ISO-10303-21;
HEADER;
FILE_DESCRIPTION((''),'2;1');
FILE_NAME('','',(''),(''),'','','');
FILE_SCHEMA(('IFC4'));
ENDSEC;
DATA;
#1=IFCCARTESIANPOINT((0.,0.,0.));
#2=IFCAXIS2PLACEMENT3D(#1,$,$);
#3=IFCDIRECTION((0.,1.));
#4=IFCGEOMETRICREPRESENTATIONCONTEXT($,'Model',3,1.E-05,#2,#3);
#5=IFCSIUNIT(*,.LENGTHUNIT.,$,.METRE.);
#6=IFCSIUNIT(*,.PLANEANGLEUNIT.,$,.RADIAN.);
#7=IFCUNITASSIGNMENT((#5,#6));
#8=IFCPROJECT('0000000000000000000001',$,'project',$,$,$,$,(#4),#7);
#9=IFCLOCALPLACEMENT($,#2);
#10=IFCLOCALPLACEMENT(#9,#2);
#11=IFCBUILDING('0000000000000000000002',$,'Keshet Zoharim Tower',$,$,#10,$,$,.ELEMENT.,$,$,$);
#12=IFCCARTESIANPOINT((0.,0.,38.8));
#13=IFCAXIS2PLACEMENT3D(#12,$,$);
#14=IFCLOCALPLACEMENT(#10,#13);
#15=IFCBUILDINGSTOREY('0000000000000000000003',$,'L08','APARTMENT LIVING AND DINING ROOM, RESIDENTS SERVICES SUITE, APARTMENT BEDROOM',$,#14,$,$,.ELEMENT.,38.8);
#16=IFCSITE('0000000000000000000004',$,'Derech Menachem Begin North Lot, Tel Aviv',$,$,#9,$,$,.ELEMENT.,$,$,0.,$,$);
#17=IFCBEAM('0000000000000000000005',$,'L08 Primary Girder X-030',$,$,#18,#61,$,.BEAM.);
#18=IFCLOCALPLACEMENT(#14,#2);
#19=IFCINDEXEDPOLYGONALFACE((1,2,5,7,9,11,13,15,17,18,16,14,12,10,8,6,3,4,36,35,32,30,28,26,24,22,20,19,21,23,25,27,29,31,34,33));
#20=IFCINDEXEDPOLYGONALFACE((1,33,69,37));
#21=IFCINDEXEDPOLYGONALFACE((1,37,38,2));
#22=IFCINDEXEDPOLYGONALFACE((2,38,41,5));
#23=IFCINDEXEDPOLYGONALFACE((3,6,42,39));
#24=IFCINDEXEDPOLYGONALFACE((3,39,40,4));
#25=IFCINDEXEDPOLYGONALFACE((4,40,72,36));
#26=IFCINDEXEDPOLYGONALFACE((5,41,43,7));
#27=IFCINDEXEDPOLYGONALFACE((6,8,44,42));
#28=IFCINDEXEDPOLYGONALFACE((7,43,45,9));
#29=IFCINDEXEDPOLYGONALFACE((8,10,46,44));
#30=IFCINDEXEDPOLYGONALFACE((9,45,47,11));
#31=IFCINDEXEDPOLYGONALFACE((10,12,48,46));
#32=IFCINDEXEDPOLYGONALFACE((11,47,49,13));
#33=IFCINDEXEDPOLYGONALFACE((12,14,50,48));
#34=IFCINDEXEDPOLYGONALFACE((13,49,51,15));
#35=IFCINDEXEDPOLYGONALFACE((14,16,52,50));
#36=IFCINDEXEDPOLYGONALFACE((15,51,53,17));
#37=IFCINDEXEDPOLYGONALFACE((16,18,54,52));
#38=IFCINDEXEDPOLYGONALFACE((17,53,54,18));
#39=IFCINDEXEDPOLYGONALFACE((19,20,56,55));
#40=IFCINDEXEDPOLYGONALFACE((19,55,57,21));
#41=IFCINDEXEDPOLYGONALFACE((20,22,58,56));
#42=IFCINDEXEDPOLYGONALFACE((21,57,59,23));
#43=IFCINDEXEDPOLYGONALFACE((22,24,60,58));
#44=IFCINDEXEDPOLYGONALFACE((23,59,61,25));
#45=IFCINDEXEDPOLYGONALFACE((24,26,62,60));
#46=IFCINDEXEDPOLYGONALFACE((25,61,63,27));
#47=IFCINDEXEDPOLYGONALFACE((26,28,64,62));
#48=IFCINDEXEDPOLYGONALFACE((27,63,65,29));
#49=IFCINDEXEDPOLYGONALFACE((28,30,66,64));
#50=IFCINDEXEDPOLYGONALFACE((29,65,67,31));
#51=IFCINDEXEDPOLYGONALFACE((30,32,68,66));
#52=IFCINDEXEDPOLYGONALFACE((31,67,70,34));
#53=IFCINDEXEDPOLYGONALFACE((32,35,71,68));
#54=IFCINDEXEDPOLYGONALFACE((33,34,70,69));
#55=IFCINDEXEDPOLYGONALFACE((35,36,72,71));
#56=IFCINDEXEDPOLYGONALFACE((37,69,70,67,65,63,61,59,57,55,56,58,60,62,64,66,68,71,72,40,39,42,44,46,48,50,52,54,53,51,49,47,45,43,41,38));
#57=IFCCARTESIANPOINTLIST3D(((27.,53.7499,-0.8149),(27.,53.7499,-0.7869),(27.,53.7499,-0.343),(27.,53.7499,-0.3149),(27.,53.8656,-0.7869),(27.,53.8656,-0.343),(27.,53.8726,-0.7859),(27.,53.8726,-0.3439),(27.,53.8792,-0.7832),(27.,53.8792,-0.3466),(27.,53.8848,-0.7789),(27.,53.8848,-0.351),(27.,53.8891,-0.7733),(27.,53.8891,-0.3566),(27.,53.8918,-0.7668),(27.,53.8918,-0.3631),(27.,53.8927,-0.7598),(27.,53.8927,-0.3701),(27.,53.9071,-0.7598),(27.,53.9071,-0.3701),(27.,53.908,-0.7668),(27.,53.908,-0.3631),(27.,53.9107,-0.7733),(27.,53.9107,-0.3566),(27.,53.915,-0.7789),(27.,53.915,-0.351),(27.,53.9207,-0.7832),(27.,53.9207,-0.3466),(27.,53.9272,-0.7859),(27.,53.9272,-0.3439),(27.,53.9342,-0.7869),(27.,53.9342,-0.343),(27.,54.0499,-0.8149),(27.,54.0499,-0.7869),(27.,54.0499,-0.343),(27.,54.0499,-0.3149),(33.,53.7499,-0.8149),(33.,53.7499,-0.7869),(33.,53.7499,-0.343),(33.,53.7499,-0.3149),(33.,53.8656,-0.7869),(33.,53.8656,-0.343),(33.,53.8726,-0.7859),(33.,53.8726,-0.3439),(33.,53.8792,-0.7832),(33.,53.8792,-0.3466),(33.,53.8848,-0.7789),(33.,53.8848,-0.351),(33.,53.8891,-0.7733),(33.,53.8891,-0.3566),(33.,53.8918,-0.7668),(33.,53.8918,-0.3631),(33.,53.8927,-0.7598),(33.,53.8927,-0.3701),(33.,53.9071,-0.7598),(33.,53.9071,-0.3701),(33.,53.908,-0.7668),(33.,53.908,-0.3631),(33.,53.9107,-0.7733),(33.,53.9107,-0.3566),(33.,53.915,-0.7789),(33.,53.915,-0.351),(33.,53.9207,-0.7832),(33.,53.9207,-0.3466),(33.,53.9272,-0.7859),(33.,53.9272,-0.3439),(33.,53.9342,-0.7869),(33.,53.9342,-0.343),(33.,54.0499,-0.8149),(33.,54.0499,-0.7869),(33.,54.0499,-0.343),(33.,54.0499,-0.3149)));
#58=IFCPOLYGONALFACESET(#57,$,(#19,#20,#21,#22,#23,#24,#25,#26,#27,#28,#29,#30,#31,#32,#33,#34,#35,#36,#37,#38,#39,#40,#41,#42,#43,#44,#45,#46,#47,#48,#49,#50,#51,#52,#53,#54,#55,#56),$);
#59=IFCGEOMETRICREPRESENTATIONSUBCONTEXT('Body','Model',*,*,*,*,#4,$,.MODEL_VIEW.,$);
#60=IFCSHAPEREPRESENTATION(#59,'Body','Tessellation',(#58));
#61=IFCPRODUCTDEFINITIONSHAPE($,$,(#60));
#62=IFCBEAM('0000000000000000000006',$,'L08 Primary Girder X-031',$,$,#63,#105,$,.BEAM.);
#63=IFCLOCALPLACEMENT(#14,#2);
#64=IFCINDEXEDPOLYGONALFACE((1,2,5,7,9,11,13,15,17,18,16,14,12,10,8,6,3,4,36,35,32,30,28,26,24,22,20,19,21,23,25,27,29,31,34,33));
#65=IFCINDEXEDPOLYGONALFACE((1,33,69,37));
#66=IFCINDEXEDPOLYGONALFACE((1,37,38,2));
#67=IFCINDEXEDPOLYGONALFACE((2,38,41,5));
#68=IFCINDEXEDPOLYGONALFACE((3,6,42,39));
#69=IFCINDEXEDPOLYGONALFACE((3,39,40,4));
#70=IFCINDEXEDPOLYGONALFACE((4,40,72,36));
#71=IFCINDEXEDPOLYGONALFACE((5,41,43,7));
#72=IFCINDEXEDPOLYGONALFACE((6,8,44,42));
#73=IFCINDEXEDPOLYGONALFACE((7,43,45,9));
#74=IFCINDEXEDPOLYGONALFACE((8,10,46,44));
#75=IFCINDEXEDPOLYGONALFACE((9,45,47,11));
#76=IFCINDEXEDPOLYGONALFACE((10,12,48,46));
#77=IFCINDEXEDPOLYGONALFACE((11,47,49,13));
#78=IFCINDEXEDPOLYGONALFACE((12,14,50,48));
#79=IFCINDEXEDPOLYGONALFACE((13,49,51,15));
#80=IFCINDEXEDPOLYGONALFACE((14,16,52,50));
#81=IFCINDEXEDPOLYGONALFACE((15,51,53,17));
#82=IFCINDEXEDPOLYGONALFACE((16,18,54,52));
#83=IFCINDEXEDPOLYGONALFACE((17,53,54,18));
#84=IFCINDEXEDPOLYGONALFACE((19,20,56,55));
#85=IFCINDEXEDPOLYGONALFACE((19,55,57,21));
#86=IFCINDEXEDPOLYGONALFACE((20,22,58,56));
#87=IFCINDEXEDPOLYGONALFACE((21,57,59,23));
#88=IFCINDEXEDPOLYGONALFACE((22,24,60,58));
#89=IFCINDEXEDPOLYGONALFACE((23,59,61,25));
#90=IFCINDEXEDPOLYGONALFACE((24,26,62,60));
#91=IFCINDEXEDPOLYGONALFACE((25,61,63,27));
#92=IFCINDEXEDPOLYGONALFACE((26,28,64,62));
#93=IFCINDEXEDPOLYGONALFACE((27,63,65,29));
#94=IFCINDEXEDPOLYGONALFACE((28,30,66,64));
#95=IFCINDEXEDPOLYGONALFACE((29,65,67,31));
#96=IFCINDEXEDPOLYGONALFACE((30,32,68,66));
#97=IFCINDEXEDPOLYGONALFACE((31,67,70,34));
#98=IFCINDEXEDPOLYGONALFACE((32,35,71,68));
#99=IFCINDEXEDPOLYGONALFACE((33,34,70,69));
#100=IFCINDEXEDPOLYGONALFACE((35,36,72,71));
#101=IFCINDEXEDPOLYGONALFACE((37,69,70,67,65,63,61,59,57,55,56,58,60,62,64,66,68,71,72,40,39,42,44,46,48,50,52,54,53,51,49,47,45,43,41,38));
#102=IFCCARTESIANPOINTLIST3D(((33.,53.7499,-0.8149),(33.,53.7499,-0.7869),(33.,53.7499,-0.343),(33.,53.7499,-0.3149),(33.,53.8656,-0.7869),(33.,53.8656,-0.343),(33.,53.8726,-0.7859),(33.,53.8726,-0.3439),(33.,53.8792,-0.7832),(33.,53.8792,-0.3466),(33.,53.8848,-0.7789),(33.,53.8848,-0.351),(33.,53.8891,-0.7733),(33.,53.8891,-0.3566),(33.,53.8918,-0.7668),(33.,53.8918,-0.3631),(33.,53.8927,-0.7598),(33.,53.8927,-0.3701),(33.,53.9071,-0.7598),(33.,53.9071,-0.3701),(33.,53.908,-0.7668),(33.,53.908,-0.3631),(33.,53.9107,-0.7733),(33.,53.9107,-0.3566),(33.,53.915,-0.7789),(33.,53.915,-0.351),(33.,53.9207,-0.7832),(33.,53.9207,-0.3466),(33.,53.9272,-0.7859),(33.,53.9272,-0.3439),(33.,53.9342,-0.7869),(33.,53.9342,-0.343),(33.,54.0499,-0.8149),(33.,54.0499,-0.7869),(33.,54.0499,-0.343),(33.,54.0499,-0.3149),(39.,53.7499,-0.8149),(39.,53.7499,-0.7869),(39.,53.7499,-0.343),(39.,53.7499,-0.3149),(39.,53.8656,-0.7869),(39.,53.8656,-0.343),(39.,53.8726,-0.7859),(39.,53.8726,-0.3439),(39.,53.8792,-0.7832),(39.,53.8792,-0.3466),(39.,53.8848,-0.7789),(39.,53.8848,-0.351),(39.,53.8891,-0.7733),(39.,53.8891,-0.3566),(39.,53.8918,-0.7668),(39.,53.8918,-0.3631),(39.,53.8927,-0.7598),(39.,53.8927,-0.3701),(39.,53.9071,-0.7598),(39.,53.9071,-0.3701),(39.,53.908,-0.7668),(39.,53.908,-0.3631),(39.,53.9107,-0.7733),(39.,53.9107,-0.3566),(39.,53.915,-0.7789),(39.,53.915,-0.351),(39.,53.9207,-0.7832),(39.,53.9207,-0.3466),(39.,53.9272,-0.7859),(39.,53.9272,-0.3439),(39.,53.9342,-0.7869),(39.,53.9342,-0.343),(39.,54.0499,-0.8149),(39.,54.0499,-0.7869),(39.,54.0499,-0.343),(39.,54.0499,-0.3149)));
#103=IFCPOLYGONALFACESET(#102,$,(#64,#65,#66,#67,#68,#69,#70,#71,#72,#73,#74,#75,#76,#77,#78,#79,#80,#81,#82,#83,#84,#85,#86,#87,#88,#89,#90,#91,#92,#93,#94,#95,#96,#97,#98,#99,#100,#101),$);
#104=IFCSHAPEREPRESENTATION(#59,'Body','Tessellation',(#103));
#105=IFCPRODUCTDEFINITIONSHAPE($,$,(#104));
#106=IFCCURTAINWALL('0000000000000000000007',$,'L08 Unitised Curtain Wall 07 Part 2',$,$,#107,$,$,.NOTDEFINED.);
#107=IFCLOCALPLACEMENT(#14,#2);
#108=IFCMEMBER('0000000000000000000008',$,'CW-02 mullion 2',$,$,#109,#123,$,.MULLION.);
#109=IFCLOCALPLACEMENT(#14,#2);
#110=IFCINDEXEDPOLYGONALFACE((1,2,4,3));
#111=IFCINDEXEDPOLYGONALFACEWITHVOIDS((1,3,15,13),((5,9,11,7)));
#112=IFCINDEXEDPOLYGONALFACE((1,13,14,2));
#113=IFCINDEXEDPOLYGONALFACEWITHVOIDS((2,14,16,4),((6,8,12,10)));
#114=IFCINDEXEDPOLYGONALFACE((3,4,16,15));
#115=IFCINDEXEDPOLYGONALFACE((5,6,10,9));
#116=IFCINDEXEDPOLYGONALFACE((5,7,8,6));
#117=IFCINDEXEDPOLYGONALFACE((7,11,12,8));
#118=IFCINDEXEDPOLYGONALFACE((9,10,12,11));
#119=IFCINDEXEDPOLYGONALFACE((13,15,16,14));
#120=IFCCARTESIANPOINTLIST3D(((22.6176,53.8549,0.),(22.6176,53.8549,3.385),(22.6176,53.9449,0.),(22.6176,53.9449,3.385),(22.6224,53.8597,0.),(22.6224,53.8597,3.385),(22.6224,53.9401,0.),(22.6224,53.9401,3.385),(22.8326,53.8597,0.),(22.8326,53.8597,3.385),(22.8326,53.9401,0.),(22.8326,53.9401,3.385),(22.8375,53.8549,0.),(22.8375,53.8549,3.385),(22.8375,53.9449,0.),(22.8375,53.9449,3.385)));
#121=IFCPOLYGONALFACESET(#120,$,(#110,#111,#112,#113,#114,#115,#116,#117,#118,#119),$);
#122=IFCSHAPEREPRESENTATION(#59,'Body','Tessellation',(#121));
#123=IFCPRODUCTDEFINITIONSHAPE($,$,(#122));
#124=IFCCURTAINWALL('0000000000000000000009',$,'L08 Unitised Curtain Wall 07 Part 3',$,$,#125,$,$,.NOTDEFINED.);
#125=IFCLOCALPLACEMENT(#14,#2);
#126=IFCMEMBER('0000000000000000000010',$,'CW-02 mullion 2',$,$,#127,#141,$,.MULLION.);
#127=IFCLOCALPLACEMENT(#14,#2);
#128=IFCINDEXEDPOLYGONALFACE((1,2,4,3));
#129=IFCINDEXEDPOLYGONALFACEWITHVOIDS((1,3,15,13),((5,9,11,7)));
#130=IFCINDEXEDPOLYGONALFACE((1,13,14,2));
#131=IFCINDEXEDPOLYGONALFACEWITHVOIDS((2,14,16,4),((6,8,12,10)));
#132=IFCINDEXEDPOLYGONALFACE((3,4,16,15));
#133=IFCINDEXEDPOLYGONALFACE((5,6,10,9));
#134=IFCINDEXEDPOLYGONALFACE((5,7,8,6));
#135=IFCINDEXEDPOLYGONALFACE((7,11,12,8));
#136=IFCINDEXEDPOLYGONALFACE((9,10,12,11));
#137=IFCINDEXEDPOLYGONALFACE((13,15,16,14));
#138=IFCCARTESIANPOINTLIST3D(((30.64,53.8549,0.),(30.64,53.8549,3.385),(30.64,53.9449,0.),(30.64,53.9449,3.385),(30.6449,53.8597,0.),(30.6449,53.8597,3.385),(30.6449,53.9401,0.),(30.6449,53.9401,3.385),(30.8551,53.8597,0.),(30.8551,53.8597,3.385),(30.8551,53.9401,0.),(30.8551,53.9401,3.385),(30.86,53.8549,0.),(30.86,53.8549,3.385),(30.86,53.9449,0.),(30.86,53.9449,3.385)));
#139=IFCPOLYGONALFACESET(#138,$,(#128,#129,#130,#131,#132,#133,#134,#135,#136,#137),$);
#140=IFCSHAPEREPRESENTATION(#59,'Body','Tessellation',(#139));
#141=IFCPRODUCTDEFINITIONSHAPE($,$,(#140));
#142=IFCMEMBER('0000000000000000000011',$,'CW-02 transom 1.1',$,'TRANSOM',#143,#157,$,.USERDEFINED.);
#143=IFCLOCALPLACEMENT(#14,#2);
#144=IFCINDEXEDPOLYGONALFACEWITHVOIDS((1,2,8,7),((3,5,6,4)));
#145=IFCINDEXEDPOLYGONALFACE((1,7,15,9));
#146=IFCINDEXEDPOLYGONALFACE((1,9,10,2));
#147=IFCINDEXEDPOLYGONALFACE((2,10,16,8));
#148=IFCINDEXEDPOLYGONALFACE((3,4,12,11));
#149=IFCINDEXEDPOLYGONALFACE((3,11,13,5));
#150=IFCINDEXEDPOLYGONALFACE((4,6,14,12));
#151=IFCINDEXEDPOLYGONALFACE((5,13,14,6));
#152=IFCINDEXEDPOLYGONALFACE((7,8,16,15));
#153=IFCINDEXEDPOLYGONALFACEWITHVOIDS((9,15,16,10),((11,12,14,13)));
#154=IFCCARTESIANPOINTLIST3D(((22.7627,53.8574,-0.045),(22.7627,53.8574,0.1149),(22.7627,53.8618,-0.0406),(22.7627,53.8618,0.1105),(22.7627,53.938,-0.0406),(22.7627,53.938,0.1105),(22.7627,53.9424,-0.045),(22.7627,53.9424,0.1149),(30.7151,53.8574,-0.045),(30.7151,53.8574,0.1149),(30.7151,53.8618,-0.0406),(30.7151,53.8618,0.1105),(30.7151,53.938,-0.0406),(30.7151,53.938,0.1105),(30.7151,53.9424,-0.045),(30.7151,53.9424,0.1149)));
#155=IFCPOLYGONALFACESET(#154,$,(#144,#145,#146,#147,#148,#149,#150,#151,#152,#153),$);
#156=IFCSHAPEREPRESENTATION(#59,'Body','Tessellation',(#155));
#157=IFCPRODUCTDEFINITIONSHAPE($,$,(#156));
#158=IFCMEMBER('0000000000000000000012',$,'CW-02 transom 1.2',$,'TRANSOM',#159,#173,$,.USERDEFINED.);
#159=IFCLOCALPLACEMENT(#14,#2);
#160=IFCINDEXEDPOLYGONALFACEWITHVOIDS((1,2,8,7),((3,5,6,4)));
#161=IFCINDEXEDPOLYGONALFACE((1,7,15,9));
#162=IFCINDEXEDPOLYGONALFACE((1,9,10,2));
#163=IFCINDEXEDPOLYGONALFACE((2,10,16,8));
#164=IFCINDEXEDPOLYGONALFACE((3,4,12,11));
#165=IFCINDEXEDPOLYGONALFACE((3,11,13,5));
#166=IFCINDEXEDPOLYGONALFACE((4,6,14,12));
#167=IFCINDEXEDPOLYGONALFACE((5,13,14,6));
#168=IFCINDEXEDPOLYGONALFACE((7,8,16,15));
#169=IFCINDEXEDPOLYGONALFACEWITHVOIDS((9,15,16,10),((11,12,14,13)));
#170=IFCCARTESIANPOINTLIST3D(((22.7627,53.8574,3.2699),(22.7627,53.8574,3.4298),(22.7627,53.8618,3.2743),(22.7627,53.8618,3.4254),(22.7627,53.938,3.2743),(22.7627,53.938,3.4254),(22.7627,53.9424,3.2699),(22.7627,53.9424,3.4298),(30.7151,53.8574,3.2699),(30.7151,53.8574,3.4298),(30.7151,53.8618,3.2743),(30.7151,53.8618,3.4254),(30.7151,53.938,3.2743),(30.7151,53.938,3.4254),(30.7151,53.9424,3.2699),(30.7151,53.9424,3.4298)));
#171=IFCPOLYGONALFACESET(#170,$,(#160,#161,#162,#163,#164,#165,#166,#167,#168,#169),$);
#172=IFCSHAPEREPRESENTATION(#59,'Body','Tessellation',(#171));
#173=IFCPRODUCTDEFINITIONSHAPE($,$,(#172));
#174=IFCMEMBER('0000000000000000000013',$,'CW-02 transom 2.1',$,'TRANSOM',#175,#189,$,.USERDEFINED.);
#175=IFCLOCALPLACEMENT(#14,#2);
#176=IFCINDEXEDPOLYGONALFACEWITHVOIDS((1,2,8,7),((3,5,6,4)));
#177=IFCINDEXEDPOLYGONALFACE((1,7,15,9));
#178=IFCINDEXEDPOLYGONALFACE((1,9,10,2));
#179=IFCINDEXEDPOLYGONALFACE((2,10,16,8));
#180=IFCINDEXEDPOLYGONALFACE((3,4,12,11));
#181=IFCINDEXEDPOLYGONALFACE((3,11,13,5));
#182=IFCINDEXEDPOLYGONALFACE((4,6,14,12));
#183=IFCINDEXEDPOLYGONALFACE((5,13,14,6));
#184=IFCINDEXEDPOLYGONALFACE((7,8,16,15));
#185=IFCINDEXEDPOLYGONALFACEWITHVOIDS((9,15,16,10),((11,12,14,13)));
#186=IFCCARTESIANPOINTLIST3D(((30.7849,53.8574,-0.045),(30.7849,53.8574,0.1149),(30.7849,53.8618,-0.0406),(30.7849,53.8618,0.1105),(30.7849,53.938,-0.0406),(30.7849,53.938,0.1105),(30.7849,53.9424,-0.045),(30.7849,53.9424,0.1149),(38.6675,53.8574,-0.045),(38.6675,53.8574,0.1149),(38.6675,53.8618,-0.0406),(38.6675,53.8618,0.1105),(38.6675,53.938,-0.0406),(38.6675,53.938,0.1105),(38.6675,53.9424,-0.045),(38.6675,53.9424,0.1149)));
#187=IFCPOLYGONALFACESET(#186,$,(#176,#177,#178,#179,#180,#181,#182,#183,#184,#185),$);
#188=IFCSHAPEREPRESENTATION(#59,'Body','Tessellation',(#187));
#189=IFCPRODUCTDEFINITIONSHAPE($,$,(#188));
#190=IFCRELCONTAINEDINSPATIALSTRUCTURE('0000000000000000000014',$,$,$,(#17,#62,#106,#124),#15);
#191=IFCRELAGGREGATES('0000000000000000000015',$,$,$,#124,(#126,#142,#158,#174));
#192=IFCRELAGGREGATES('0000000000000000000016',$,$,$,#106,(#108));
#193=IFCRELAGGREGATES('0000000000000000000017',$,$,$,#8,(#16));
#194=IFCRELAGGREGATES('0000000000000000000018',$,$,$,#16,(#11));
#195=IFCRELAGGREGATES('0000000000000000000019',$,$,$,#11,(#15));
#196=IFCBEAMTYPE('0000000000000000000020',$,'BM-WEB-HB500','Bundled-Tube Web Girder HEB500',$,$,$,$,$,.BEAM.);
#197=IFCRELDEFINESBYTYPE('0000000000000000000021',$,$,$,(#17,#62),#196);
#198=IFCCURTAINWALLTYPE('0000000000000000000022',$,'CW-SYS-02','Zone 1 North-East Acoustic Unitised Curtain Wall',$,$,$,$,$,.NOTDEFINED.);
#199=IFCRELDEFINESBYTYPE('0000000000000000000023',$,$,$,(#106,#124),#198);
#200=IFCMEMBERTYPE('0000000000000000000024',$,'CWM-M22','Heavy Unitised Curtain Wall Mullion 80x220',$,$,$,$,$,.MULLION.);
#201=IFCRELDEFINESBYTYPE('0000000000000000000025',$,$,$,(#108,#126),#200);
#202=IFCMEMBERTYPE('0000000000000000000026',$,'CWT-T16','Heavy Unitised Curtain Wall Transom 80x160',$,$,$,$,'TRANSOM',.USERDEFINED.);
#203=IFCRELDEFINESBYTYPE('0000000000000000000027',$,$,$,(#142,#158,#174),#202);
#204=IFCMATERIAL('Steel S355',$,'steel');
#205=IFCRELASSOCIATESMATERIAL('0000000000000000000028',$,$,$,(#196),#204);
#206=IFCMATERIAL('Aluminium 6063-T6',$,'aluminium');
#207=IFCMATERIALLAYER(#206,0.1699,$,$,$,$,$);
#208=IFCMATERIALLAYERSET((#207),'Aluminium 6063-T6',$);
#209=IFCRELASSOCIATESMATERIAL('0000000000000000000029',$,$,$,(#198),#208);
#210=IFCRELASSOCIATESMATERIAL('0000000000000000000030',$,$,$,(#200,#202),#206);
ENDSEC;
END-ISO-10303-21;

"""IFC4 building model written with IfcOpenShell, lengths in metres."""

from ifc_helpers import new_model, si_unit, direction, frame, origin, origin_2d, place, context, subcontext, project, spatial, hollow_rectangle, i_section, extrude, material, layer, layer_set, material_profile, profile_set, type_object, element, aggregate, save


model = new_model("IFC4")

# Units and contexts
model_context = context("Model", 3, precision=1e-05, world=origin(), true_north=direction((0.0, 1.0)))
body_context = subcontext(model_context, "Body", "Model", "MODEL_VIEW")
ifc_project = project(units=[si_unit("LENGTHUNIT", "METRE"), si_unit("PLANEANGLEUNIT", "RADIAN")], contexts=[model_context])

# Site, building, storey
site_placement = place(None, origin())
site = spatial("IfcSite", under=ifc_project, at=site_placement, Name="Derech Menachem Begin North Lot, Tel Aviv", CompositionType="ELEMENT", RefElevation=0.0)
building_placement = place(site_placement, origin())
building = spatial("IfcBuilding", under=site, at=building_placement, Name="Keshet Zoharim Tower", CompositionType="ELEMENT")
storey_placement = place(building_placement, frame((0.0, 0.0, 38.8)))
storey = spatial("IfcBuildingStorey", under=building, at=storey_placement, Name="L08", Description="APARTMENT LIVING AND DINING ROOM, RESIDENTS SERVICES SUITE, APARTMENT BEDROOM", CompositionType="ELEMENT", Elevation=38.8)

# Shared definitions
ifc_material_1 = material(Name="Steel S355", Category="steel")

# Beams
ifc_material_profile_1 = material_profile(ifc_material_1, i_section(OverallWidth=0.3, OverallDepth=0.5, WebThickness=0.0144, FlangeThickness=0.0281, FilletRadius=0.0271, at=origin_2d()), Name="HEB500")
ifc_profile_set_1 = profile_set([ifc_material_profile_1], Name="Steel S355")
beam_type = type_object("IfcBeamType", Name="BM-WEB-HB500", Description="Bundled-Tube Web Girder HEB500", PredefinedType="BEAM", material=ifc_profile_set_1)
for number, where, z_axis, x_axis, name in (
    (1, (27.0, 53.8999, -0.5649), (1.0, 0.0, 0.0), (0.0, 1.0, 0.0), "L08 Primary Girder X-030"),
    (2, (33.0, 53.8999, -0.5649), (1.0, 0.0, 0.0), (0.0, 1.0, 0.0), "L08 Primary Girder X-031"),
):
    element("IfcBeam", number, at=place(storey_placement, frame(where, z_axis=z_axis, x_axis=x_axis)), inside=storey, type_object=beam_type, Name=name, PredefinedType="BEAM", context=body_context, shape_type="SweptSolid", body=[
        extrude(i_section(OverallWidth=0.3, OverallDepth=0.5, WebThickness=0.0144, FlangeThickness=0.0281, FilletRadius=0.0271, at=origin_2d()), origin(), (0.0, 0.0, 1.0), 6.0),
    ])

# Curtain wall, member
ifc_material_2 = material(Name="Aluminium 6063-T6", Category="aluminium")
ifc_layer_1 = layer(ifc_material_2, 0.1699)
ifc_layer_set_1 = layer_set([ifc_layer_1], Name="Aluminium 6063-T6")
curtain_wall_type = type_object("IfcCurtainWallType", Name="CW-SYS-02", Description="Zone 1 North-East Acoustic Unitised Curtain Wall", PredefinedType="NOTDEFINED", material=ifc_layer_set_1)
curtain_wall_1_placement = place(storey_placement, origin())
curtain_wall_1 = element("IfcCurtainWall", 3, at=curtain_wall_1_placement, inside=storey, type_object=curtain_wall_type, Name="L08 Unitised Curtain Wall 07 Part 2", PredefinedType="NOTDEFINED")
ifc_material_profile_2 = material_profile(ifc_material_2, hollow_rectangle(XDim=0.0901, YDim=0.22, WallThickness=0.0049, at=origin_2d()), Name="MUL-90x220")
ifc_profile_set_2 = profile_set([ifc_material_profile_2], Name="Aluminium 6063-T6")
member_type_1 = type_object("IfcMemberType", Name="CWM-M22", Description="Heavy Unitised Curtain Wall Mullion 80x220", PredefinedType="MULLION", material=ifc_profile_set_2)
member_1_placement = place(storey_placement, frame((22.7275, 53.8999, 0.0), z_axis=(0.0, 0.0, 1.0), x_axis=(0.0, 1.0, 0.0)))
member_1 = element("IfcMember", 4, at=member_1_placement, type_object=member_type_1, Name="CW-02 mullion 2", PredefinedType="MULLION", context=body_context, shape_type="SweptSolid", body=[
    extrude(hollow_rectangle(XDim=0.0901, YDim=0.22, WallThickness=0.0049, at=origin_2d()), origin(), (0.0, 0.0, 1.0), 3.385),
])

# Curtain wall, members
curtain_wall_2_placement = place(storey_placement, origin())
curtain_wall_2 = element("IfcCurtainWall", 5, at=curtain_wall_2_placement, inside=storey, type_object=curtain_wall_type, Name="L08 Unitised Curtain Wall 07 Part 3", PredefinedType="NOTDEFINED")
member_2_placement = place(storey_placement, frame((30.75, 53.8999, 0.0), z_axis=(0.0, 0.0, 1.0), x_axis=(0.0, 1.0, 0.0)))
member_2 = element("IfcMember", 6, at=member_2_placement, type_object=member_type_1, Name="CW-02 mullion 2", PredefinedType="MULLION", context=body_context, shape_type="SweptSolid", body=[
    extrude(hollow_rectangle(XDim=0.0901, YDim=0.22, WallThickness=0.0049, at=origin_2d()), origin(), (0.0, 0.0, 1.0), 3.385),
])
ifc_material_profile_3 = material_profile(ifc_material_2, hollow_rectangle(XDim=0.085, YDim=0.1599, WallThickness=0.0044, at=origin_2d()), Name="TRN-85x160")
ifc_profile_set_3 = profile_set([ifc_material_profile_3], Name="Aluminium 6063-T6")
member_type_2 = type_object("IfcMemberType", Name="CWT-T16", Description="Heavy Unitised Curtain Wall Transom 80x160", ElementType="TRANSOM", PredefinedType="USERDEFINED", material=ifc_profile_set_3)
member_3_placement = place(storey_placement, frame((22.7627, 53.8999, 0.0349), z_axis=(1.0, 0.0, 0.0), x_axis=(0.0, 1.0, 0.0)))
member_3 = element("IfcMember", 7, at=member_3_placement, type_object=member_type_2, Name="CW-02 transom 1.1", ObjectType="TRANSOM", PredefinedType="USERDEFINED", context=body_context, shape_type="SweptSolid", body=[
    extrude(hollow_rectangle(XDim=0.085, YDim=0.1599, WallThickness=0.0044, at=origin_2d()), origin(), (0.0, 0.0, 1.0), 7.9524),
])
member_4_placement = place(storey_placement, frame((22.7627, 53.8999, 3.3499), z_axis=(1.0, 0.0, 0.0), x_axis=(0.0, 1.0, 0.0)))
member_4 = element("IfcMember", 8, at=member_4_placement, type_object=member_type_2, Name="CW-02 transom 1.2", ObjectType="TRANSOM", PredefinedType="USERDEFINED", context=body_context, shape_type="SweptSolid", body=[
    extrude(hollow_rectangle(XDim=0.085, YDim=0.1599, WallThickness=0.0044, at=origin_2d()), origin(), (0.0, 0.0, 1.0), 7.9524),
])
member_5_placement = place(storey_placement, frame((30.7849, 53.8999, 0.0349), z_axis=(1.0, 0.0, 0.0), x_axis=(0.0, 1.0, 0.0)))
member_5 = element("IfcMember", 9, at=member_5_placement, type_object=member_type_2, Name="CW-02 transom 2.1", ObjectType="TRANSOM", PredefinedType="USERDEFINED", context=body_context, shape_type="SweptSolid", body=[
    extrude(hollow_rectangle(XDim=0.085, YDim=0.1599, WallThickness=0.0044, at=origin_2d()), origin(), (0.0, 0.0, 1.0), 7.8826),
])

aggregate(curtain_wall_2, [member_2, member_3, member_4, member_5])
aggregate(curtain_wall_1, [member_1])

save(model, "model.ifc")
